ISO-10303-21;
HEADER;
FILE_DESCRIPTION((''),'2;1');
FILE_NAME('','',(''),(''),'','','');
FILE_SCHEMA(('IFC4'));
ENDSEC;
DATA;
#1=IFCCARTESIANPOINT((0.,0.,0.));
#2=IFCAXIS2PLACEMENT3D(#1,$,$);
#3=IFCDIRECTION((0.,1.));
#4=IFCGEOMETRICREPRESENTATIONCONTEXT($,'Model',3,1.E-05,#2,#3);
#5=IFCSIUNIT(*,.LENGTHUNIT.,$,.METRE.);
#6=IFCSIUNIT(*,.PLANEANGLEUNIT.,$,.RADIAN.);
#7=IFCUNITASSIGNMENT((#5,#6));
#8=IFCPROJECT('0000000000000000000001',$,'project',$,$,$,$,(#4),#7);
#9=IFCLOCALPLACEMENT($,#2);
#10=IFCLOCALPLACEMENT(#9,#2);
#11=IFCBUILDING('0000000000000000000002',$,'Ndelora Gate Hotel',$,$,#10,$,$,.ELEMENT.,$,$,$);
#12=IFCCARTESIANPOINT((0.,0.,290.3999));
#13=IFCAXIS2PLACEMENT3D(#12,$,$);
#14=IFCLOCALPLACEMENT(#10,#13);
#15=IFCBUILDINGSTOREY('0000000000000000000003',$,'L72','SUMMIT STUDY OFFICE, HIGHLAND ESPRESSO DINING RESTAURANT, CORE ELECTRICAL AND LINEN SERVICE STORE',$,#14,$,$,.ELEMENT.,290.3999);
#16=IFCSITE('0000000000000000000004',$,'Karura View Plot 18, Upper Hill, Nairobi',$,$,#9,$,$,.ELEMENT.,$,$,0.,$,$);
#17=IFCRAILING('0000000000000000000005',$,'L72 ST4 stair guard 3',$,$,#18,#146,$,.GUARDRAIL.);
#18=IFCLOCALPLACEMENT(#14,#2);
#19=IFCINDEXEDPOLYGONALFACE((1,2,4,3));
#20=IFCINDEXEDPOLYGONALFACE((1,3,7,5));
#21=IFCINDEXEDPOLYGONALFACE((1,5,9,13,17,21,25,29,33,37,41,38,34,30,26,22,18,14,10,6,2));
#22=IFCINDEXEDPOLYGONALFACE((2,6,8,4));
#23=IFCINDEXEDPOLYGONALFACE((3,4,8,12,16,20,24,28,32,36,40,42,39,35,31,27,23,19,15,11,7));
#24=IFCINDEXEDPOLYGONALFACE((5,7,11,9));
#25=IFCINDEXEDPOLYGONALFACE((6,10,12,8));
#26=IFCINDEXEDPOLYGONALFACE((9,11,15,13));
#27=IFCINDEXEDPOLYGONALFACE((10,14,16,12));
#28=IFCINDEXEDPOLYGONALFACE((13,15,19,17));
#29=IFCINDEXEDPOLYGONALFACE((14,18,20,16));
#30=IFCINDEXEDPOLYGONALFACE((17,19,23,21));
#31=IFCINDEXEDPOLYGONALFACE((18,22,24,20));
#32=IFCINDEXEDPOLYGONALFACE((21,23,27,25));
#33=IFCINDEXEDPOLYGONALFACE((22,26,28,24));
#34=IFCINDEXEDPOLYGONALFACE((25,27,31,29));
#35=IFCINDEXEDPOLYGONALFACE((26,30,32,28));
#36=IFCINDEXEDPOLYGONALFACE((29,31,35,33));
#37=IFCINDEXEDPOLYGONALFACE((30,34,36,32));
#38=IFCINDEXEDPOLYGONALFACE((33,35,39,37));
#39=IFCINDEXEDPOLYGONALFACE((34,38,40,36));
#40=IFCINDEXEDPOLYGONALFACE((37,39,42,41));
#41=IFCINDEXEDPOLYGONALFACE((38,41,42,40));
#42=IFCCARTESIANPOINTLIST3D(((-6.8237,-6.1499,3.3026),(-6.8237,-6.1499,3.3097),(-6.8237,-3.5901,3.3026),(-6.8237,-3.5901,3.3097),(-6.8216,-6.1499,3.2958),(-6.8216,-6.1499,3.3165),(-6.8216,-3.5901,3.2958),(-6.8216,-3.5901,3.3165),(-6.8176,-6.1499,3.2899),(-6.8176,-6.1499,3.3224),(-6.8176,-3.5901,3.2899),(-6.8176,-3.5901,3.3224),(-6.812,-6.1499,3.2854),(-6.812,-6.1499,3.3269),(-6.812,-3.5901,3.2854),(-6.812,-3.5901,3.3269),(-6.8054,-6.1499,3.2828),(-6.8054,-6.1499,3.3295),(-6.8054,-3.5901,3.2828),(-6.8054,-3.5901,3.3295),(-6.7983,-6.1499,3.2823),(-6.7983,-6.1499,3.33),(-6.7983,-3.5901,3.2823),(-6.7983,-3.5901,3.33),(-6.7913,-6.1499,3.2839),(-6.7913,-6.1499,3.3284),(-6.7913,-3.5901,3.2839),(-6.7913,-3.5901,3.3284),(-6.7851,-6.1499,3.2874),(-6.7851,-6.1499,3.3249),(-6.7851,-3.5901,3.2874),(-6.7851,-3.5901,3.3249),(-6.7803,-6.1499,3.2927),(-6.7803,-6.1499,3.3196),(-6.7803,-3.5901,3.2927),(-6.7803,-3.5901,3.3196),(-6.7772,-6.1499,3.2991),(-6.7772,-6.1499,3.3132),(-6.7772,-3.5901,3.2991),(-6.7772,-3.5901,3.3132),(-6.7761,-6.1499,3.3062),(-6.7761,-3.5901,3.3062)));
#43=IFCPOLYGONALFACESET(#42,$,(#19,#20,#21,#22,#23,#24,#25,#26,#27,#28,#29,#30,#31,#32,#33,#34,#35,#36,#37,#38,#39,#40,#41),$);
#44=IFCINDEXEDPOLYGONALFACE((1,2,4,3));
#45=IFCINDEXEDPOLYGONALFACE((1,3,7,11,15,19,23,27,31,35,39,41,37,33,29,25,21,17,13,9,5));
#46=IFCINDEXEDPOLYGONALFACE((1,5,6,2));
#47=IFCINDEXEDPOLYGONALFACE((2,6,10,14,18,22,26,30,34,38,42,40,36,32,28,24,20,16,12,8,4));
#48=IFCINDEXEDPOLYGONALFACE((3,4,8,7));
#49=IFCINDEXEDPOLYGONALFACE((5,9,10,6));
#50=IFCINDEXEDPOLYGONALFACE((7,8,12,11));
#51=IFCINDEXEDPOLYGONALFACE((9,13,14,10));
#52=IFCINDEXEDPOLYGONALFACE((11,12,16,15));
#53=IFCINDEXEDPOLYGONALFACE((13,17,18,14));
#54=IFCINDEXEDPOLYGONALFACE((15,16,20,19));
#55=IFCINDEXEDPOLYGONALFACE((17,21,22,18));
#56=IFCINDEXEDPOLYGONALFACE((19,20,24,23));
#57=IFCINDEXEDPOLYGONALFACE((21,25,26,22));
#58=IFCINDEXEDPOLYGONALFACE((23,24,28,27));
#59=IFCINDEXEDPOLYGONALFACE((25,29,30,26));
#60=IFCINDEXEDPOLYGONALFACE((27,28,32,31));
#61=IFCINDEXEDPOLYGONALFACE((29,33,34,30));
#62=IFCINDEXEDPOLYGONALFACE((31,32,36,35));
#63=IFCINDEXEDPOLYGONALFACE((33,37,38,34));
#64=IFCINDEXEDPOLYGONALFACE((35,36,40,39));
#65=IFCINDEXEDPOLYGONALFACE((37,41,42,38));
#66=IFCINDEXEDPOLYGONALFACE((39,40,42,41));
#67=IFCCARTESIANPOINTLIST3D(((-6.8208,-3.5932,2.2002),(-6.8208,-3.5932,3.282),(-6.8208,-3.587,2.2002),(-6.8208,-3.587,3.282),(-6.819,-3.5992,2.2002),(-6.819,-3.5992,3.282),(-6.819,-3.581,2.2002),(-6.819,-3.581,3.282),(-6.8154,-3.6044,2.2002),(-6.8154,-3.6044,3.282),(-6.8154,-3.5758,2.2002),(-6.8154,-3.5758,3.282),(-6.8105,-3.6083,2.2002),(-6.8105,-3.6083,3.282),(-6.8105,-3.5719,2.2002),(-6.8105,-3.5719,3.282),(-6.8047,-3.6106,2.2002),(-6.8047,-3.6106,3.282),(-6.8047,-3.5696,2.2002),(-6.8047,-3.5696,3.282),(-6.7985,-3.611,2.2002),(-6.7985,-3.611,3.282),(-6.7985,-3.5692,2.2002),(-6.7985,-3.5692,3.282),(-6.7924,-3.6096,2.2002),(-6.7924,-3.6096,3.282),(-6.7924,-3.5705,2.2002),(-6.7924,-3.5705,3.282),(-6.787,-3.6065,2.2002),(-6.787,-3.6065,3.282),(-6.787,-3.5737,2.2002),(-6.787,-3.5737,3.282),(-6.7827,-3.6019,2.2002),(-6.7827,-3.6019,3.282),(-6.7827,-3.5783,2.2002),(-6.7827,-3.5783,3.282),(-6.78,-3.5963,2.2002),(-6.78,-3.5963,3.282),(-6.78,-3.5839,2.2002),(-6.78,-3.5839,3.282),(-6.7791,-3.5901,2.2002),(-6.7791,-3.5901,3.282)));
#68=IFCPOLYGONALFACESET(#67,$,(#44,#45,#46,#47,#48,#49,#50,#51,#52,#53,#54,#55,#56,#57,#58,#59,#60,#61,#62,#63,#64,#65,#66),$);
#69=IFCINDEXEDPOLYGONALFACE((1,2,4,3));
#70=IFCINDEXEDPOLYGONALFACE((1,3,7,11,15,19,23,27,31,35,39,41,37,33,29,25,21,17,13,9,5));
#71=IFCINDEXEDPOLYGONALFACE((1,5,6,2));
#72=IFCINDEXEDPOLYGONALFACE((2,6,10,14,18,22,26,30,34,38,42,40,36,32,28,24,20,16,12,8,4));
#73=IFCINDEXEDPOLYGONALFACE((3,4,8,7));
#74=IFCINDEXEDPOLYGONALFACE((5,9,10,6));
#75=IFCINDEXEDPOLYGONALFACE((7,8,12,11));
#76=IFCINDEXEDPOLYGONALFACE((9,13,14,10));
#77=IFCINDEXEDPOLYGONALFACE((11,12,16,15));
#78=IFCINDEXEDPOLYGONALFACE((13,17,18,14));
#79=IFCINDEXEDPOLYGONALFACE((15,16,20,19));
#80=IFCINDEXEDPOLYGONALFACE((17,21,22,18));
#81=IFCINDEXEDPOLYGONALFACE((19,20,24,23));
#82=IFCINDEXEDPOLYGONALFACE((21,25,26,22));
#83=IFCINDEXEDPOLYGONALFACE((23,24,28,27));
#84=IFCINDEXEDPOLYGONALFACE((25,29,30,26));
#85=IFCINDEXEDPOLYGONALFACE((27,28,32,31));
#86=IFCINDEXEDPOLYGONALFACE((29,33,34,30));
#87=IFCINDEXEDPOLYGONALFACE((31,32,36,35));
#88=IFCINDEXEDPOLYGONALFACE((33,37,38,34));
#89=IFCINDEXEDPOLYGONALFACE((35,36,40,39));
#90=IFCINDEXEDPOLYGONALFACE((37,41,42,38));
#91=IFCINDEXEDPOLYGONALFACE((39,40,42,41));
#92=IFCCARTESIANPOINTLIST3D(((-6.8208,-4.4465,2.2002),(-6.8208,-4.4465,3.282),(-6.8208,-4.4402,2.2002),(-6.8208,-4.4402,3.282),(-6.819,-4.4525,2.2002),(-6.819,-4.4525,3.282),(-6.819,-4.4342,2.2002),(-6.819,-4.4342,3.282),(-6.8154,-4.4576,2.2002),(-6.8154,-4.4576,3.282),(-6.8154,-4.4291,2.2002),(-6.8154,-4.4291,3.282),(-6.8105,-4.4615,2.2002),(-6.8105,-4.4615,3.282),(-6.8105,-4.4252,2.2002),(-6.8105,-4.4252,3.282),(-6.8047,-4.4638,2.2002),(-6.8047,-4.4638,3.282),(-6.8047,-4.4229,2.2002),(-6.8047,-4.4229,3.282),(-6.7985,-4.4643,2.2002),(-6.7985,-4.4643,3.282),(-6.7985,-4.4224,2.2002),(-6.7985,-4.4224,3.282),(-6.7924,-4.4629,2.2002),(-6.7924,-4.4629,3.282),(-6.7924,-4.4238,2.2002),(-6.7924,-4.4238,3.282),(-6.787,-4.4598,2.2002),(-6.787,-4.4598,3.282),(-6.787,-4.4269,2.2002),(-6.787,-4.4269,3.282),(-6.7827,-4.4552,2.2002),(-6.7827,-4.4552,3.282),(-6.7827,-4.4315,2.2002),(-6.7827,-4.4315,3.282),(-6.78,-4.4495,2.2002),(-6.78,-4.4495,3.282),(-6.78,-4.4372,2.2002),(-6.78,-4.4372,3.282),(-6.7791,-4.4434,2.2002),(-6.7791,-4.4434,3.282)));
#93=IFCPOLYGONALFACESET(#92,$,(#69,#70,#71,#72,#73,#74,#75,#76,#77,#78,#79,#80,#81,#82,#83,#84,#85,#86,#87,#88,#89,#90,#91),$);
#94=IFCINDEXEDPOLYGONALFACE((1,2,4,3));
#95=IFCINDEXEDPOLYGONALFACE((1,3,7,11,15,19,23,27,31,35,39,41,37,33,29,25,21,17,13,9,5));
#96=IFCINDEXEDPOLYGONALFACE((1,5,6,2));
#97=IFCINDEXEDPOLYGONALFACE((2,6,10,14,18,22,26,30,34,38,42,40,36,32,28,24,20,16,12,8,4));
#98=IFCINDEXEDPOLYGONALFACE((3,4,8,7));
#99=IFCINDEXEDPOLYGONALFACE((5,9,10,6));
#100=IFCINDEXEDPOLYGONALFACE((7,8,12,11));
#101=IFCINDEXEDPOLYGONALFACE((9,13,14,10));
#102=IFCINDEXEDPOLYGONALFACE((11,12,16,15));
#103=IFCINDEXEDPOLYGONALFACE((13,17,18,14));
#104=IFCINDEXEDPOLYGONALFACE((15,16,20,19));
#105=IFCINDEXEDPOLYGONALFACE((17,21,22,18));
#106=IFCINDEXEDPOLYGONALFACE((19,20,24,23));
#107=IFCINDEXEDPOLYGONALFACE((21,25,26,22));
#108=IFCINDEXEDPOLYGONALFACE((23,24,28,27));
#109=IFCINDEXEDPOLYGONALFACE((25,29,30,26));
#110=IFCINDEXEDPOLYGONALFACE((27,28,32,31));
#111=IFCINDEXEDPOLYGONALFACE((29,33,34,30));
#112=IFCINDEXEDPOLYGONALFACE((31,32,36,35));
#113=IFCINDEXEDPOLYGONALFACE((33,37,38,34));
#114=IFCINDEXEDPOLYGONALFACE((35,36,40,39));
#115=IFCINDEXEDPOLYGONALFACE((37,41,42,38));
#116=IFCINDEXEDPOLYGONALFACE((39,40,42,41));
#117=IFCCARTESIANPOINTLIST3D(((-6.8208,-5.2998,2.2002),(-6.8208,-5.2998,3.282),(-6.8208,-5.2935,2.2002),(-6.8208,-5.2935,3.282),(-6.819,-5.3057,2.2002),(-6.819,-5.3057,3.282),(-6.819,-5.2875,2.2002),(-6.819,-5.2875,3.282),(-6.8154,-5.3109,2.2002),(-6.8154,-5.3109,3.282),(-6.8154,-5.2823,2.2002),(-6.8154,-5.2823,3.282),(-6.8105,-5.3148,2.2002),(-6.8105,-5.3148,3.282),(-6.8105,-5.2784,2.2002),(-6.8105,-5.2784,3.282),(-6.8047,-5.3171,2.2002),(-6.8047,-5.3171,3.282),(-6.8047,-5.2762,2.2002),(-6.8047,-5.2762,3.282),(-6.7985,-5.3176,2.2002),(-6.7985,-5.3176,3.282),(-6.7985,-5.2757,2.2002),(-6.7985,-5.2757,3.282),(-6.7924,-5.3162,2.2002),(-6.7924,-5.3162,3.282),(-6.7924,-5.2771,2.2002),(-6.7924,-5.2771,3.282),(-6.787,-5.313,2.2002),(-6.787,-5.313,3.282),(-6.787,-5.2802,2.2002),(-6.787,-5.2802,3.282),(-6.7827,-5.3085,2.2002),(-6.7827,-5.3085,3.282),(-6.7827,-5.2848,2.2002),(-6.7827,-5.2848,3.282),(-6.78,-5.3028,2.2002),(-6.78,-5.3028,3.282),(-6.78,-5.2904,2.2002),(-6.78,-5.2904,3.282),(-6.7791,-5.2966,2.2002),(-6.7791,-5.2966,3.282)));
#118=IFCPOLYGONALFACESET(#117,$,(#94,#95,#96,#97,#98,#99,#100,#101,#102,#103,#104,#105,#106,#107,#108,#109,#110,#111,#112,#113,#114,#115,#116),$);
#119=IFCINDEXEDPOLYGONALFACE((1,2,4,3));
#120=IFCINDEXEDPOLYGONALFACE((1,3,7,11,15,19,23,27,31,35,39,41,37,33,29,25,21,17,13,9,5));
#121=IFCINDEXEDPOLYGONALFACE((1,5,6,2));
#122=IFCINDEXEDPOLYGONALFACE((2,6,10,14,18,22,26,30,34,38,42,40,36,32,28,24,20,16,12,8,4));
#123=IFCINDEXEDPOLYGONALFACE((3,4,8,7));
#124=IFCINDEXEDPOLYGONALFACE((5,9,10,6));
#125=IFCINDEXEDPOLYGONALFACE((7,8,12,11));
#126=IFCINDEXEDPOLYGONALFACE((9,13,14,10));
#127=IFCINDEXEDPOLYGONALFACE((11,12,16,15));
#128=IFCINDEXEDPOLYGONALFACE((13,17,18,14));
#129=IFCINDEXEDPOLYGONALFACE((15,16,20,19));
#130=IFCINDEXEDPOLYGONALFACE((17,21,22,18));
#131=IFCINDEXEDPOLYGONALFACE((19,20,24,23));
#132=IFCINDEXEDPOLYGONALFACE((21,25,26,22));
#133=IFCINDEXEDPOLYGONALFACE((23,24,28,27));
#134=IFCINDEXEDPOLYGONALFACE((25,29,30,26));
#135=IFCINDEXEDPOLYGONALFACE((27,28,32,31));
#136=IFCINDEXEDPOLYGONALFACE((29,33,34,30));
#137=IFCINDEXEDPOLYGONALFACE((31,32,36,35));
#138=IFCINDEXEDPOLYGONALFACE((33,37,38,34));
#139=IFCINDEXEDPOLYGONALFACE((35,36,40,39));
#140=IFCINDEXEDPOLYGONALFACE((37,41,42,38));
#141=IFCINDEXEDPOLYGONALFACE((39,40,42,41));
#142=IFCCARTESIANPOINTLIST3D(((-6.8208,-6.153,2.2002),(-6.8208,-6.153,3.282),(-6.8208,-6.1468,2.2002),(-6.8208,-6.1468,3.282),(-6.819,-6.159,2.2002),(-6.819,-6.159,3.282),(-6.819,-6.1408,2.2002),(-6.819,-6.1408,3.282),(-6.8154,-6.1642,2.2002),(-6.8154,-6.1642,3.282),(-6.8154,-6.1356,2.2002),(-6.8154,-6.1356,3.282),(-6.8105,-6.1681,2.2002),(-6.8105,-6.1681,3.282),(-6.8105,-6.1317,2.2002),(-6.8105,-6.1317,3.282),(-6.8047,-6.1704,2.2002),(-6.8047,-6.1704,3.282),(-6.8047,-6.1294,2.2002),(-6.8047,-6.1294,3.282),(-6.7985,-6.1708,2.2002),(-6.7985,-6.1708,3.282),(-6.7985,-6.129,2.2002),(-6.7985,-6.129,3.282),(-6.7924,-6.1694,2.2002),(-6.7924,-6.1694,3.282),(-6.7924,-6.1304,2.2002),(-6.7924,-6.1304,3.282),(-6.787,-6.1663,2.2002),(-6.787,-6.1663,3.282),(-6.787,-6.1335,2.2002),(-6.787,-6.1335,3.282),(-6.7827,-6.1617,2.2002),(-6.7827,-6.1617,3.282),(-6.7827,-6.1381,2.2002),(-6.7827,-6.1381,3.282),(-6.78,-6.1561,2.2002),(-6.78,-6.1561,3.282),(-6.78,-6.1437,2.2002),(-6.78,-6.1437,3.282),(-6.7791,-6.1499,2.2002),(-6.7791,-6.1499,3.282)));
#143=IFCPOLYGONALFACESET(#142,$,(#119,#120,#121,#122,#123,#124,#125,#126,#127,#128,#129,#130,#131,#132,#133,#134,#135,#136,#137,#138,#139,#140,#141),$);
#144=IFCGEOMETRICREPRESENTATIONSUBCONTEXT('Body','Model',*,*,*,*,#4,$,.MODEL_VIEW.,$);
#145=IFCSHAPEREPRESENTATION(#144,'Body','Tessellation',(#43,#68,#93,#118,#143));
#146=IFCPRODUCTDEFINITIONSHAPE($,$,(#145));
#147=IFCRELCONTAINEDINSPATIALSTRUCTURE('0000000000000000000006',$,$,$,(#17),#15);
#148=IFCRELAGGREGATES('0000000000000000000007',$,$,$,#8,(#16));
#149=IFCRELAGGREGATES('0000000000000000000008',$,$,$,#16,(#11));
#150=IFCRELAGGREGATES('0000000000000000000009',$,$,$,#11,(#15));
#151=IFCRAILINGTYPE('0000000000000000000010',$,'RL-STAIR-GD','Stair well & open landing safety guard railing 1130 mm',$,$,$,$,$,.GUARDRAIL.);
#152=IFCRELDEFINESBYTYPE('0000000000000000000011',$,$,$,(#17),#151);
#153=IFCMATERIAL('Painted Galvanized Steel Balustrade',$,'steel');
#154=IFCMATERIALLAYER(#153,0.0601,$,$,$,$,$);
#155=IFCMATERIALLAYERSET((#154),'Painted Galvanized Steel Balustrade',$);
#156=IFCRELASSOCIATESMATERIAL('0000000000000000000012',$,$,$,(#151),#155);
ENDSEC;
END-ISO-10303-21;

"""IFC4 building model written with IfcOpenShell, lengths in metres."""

from ifc_helpers import new_model, si_unit, direction, frame, origin, origin_2d, place, context, subcontext, project, spatial, circle, extrude, material, layer, layer_set, type_object, element, save


model = new_model("IFC4")

# Units and contexts
model_context = context("Model", 3, precision=1e-05, world=origin(), true_north=direction((0.0, 1.0)))
body_context = subcontext(model_context, "Body", "Model", "MODEL_VIEW")
ifc_project = project(units=[si_unit("LENGTHUNIT", "METRE"), si_unit("PLANEANGLEUNIT", "RADIAN")], contexts=[model_context])

# Site, building, storey
site_placement = place(None, origin())
site = spatial("IfcSite", under=ifc_project, at=site_placement, Name="Karura View Plot 18, Upper Hill, Nairobi", CompositionType="ELEMENT", RefElevation=0.0)
building_placement = place(site_placement, origin())
building = spatial("IfcBuilding", under=site, at=building_placement, Name="Ndelora Gate Hotel", CompositionType="ELEMENT")
storey_placement = place(building_placement, frame((0.0, 0.0, 290.3999)))
storey = spatial("IfcBuildingStorey", under=building, at=storey_placement, Name="L72", Description="SUMMIT STUDY OFFICE, HIGHLAND ESPRESSO DINING RESTAURANT, CORE ELECTRICAL AND LINEN SERVICE STORE", CompositionType="ELEMENT", Elevation=290.3999)

# Railing
ifc_material_1 = material(Name="Painted Galvanized Steel Balustrade", Category="steel")
ifc_layer_1 = layer(ifc_material_1, 0.0601)
ifc_layer_set_1 = layer_set([ifc_layer_1], Name="Painted Galvanized Steel Balustrade")
railing_type_1 = type_object("IfcRailingType", Name="RL-STAIR-GD", Description="Stair well & open landing safety guard railing 1130 mm", PredefinedType="GUARDRAIL", material=ifc_layer_set_1)
for number, where, name in (
    (1, (-6.8, -3.5901, 2.2002), "L72 ST4 stair guard 3"),
):
    element("IfcRailing", number, at=place(storey_placement, frame(where)), inside=storey, type_object=railing_type_1, Name=name, PredefinedType="GUARDRAIL", context=body_context, shape_type="SweptSolid", body=[
        extrude(circle(Radius=0.0239, at=origin_2d()), frame((0.0, 0.0, 1.106), z_axis=(0.0, -1.0, 0.0), x_axis=(1.0, 0.0, 0.0)), (0.0, 0.0, 1.0), 2.5598),
        extrude(circle(Radius=0.021, at=origin_2d()), origin(), (0.0, 0.0, 1.0), 1.0818),
        extrude(circle(Radius=0.021, at=origin_2d()), frame((0.0, -0.8533, 0.0)), (0.0, 0.0, 1.0), 1.0818),
        extrude(circle(Radius=0.021, at=origin_2d()), frame((0.0, -1.7065, 0.0)), (0.0, 0.0, 1.0), 1.0818),
        extrude(circle(Radius=0.021, at=origin_2d()), frame((0.0, -2.5598, 0.0)), (0.0, 0.0, 1.0), 1.0818),
    ])

save(model, "model.ifc")
